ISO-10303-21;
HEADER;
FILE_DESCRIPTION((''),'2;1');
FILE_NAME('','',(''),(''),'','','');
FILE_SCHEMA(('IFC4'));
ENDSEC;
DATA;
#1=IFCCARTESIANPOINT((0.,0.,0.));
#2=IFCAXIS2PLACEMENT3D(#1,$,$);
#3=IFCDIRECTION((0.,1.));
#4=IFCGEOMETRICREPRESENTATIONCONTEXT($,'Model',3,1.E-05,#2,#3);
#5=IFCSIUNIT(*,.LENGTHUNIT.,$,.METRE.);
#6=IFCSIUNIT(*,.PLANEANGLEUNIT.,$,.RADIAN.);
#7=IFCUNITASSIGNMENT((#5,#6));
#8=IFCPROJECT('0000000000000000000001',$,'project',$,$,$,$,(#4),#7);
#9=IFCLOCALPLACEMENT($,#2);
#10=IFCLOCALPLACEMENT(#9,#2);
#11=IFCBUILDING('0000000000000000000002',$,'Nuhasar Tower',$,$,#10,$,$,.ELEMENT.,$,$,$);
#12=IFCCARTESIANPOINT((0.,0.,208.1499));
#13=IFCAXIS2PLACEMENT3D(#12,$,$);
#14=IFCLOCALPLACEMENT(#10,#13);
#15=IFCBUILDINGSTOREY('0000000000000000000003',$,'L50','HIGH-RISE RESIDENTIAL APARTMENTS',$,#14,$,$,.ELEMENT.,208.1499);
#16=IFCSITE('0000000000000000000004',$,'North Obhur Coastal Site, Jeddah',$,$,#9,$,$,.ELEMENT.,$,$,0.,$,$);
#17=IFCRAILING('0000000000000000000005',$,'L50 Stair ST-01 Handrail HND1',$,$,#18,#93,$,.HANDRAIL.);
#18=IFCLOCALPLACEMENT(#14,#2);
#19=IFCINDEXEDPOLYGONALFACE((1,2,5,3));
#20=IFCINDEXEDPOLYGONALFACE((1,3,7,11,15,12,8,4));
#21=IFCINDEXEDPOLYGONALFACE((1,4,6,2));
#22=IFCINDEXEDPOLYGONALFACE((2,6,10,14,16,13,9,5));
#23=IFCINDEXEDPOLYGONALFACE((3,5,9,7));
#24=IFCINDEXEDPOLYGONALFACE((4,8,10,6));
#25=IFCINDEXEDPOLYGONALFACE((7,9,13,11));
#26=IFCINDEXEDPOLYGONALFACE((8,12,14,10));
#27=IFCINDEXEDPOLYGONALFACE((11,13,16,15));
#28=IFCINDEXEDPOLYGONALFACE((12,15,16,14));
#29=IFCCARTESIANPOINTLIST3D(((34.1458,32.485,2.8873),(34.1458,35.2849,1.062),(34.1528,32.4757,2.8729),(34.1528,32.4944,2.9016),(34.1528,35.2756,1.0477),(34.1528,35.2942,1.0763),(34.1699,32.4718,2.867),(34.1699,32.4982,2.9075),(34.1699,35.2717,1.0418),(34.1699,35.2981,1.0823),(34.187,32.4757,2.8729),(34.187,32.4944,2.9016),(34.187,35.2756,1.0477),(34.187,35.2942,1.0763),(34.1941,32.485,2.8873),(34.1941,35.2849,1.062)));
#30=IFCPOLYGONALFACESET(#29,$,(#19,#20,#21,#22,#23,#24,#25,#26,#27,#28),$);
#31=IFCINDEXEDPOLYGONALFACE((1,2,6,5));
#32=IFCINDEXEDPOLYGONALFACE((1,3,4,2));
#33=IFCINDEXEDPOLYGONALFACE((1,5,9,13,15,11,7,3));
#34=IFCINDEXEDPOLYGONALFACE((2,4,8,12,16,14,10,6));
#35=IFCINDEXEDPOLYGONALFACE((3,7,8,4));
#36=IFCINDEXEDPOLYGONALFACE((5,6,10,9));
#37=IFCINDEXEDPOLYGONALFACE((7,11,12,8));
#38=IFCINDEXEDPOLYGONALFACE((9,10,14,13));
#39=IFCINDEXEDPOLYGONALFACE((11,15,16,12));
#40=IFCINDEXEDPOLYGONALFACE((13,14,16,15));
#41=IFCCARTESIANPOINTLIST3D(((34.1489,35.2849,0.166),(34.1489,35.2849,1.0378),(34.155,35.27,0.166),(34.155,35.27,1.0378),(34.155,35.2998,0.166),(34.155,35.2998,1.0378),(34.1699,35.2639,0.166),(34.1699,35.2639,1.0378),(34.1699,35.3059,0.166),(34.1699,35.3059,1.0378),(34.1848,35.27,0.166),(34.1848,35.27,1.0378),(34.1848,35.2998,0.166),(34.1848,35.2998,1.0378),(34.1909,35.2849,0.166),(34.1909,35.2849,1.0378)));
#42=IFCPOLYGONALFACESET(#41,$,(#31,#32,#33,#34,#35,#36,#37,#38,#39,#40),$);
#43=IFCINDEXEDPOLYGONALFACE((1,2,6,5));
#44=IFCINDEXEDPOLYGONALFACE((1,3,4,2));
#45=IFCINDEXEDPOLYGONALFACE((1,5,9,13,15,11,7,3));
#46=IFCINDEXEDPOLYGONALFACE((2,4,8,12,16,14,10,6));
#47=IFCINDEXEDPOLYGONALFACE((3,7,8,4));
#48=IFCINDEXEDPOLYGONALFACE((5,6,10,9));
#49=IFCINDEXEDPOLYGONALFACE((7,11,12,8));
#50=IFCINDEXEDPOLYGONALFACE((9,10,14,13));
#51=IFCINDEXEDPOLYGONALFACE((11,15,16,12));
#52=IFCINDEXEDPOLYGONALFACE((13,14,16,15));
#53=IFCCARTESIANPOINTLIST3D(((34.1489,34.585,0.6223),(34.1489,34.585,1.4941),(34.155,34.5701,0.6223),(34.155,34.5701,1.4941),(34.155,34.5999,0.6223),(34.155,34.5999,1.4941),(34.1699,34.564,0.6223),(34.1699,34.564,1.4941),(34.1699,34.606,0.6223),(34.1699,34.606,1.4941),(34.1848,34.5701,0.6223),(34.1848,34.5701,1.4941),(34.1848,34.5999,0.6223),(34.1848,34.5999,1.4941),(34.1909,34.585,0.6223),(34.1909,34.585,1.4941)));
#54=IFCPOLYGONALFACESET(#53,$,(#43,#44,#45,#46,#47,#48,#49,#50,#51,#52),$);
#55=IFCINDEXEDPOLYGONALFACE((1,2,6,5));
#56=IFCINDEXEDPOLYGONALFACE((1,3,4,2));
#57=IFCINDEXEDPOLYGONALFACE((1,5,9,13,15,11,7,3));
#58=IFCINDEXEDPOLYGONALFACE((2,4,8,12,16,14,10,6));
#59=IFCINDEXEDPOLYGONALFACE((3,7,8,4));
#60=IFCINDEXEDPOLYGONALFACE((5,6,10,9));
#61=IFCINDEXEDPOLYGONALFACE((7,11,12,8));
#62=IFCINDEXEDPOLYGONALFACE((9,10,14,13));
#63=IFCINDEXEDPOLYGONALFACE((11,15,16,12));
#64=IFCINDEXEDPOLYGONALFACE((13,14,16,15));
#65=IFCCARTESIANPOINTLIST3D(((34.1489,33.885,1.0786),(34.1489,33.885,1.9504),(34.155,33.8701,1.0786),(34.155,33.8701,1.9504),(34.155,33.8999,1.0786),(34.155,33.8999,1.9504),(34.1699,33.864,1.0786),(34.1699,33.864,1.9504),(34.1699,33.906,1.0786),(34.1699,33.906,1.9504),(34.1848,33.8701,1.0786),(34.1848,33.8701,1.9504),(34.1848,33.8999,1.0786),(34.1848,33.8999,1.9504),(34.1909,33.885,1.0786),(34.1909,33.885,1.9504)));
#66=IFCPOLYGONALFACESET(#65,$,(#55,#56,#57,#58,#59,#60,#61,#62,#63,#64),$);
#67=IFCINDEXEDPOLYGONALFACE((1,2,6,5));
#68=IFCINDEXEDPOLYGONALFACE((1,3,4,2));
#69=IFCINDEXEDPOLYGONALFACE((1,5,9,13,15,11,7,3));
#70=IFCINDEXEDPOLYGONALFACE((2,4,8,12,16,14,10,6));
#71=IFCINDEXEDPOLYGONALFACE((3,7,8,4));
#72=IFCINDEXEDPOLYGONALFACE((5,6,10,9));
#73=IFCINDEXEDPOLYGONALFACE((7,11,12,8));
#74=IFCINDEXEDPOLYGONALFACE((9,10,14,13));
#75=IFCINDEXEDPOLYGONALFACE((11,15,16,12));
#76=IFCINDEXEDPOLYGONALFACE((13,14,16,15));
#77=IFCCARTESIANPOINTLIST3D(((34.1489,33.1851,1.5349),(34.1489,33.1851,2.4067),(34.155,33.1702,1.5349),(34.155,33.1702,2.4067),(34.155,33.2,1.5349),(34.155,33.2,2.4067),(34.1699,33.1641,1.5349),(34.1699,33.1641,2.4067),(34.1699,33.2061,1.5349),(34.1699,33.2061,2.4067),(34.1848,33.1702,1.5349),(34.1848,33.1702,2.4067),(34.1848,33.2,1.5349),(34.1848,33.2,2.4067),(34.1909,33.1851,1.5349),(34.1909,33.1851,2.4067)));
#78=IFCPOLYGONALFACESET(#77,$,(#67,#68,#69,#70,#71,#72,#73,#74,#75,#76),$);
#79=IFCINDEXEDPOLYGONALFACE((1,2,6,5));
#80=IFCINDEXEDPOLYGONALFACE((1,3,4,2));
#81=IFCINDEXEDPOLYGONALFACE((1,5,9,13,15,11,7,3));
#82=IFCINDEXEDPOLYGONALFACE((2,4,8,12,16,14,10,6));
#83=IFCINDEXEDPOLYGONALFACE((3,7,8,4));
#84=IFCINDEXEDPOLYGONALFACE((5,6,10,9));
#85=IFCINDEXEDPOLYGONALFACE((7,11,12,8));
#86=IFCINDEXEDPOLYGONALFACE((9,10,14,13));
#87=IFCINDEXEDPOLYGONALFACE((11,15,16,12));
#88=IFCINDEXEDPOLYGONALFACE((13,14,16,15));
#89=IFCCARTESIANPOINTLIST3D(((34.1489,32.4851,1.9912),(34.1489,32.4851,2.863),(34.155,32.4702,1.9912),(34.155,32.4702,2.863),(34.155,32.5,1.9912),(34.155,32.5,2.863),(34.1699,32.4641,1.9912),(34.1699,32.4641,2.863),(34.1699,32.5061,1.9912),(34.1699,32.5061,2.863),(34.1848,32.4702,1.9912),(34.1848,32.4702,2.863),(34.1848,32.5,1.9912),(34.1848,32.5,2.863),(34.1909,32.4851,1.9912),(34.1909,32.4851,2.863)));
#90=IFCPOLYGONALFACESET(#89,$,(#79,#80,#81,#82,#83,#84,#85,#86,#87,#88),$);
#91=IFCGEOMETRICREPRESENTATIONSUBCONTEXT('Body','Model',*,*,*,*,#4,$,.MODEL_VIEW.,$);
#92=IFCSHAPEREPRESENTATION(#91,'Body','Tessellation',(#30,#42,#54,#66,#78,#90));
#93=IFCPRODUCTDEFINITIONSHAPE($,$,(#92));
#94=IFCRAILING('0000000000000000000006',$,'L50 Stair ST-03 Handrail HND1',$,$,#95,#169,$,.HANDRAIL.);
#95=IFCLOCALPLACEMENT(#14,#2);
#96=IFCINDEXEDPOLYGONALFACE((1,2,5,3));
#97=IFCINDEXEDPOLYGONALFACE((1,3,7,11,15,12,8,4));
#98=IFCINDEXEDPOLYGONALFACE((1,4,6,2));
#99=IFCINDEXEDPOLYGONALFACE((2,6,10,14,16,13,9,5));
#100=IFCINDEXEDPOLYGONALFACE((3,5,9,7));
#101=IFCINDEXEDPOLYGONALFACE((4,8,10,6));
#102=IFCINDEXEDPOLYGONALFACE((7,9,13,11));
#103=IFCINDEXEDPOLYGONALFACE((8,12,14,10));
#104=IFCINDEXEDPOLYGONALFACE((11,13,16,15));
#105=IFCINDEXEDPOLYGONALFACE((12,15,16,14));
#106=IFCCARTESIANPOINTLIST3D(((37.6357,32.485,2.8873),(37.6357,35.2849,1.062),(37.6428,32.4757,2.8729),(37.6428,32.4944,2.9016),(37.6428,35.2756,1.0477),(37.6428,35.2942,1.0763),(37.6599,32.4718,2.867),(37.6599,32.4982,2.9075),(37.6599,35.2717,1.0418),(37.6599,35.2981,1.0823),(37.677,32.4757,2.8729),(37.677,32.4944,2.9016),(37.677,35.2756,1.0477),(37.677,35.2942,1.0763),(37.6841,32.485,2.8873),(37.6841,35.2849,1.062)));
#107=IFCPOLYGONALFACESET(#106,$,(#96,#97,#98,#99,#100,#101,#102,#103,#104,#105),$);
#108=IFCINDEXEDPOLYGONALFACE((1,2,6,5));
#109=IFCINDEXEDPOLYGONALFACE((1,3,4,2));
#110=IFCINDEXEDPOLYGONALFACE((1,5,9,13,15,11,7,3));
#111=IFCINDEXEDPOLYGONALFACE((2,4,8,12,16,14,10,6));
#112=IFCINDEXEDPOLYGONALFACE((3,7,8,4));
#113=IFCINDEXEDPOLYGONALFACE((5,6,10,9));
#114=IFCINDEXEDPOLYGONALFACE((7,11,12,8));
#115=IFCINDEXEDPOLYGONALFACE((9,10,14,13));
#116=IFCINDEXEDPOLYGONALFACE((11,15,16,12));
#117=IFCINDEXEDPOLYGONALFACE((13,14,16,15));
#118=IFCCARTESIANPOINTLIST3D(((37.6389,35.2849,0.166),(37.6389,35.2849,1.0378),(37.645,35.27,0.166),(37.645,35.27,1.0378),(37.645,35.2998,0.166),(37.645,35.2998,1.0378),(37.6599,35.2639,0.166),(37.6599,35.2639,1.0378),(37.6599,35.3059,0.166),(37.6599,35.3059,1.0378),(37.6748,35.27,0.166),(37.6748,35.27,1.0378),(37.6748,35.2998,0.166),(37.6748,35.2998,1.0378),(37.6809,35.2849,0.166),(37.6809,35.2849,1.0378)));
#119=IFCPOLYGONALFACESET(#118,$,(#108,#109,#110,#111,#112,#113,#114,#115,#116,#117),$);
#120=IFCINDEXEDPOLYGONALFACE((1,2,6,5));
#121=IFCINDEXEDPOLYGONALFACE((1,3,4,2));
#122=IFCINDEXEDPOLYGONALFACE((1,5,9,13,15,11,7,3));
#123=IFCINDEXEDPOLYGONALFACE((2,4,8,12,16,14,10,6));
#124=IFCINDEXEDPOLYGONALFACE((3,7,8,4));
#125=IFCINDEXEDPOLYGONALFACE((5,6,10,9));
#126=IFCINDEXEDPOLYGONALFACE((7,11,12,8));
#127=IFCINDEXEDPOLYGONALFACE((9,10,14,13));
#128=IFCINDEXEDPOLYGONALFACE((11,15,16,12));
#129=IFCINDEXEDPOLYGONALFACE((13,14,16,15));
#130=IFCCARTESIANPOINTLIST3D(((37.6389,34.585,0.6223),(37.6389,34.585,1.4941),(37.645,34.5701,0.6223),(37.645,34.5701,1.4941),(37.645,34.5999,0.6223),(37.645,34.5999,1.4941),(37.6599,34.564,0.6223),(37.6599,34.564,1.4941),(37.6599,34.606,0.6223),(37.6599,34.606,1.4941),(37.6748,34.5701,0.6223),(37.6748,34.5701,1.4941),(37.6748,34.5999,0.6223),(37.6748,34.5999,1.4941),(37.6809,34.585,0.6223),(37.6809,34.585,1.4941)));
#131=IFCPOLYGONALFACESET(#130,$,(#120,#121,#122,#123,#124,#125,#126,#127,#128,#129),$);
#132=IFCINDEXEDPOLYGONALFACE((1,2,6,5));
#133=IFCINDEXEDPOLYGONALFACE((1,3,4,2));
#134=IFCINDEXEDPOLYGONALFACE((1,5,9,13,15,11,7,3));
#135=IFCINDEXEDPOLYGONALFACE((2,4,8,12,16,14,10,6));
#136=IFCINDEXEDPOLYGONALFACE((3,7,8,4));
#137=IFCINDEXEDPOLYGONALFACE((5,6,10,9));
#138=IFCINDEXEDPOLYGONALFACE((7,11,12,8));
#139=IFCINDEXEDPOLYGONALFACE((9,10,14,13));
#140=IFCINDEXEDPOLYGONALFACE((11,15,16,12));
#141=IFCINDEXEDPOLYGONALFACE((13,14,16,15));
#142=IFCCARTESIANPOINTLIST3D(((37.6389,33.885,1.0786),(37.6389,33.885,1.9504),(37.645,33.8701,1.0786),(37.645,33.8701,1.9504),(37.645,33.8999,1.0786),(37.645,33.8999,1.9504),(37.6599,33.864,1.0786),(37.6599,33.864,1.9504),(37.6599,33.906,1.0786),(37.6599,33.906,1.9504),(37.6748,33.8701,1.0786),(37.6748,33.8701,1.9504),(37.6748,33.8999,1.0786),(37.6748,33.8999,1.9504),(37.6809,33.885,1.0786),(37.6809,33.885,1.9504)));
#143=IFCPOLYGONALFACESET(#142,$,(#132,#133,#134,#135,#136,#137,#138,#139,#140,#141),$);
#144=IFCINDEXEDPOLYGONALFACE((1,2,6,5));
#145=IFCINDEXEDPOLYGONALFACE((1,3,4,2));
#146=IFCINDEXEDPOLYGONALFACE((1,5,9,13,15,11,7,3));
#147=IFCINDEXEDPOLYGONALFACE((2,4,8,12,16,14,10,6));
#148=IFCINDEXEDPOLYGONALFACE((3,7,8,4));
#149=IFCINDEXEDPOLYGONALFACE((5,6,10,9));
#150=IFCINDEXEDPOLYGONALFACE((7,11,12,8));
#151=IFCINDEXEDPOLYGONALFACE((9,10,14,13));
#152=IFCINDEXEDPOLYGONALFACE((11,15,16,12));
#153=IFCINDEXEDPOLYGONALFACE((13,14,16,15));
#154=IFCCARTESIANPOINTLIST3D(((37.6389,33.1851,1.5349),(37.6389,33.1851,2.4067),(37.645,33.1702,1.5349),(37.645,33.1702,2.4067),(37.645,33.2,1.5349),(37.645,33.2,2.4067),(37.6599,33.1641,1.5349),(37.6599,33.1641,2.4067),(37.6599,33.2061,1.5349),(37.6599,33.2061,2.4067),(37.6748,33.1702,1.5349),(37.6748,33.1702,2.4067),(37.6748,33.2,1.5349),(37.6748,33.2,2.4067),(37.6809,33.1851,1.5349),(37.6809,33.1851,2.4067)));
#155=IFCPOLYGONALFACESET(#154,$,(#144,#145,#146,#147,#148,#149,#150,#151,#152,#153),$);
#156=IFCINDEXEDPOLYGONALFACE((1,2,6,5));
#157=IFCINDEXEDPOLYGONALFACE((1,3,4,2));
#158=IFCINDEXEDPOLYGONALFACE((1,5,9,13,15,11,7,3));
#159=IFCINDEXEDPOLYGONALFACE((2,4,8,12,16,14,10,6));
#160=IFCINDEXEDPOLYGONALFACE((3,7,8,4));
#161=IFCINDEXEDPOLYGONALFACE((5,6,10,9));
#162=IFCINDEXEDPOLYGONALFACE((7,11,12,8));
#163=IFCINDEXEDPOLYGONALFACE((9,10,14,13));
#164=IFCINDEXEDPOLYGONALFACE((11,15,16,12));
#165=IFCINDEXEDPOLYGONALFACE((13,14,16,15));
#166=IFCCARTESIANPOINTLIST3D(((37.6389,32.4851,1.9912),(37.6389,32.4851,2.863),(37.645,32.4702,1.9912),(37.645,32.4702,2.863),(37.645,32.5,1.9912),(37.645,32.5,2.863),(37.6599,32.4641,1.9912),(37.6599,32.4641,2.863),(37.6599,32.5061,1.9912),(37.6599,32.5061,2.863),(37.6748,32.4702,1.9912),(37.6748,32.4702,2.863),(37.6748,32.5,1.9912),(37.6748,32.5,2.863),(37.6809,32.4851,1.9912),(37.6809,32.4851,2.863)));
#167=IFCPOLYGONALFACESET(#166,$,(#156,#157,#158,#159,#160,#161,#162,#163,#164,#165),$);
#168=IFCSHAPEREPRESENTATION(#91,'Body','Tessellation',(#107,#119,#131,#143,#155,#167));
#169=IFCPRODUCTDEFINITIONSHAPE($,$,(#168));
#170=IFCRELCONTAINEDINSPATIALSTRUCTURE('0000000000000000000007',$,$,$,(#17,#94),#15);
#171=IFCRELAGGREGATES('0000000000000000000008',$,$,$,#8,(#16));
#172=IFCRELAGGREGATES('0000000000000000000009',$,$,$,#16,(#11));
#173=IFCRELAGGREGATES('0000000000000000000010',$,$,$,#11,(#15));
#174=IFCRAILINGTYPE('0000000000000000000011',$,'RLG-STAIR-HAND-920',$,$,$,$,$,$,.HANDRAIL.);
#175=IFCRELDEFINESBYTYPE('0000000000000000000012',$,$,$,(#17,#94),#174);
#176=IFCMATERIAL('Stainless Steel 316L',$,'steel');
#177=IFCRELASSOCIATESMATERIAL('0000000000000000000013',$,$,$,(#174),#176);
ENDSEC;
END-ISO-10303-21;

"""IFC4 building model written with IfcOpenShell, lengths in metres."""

from ifc_helpers import new_model, si_unit, direction, frame, origin, place, context, subcontext, project, spatial, polyline, outline, extrude, material, type_object, element, save


model = new_model("IFC4")

# Units and contexts
model_context = context("Model", 3, precision=1e-05, world=origin(), true_north=direction((0.0, 1.0)))
body_context = subcontext(model_context, "Body", "Model", "MODEL_VIEW")
ifc_project = project(units=[si_unit("LENGTHUNIT", "METRE"), si_unit("PLANEANGLEUNIT", "RADIAN")], contexts=[model_context])

# Site, building, storey
site_placement = place(None, origin())
site = spatial("IfcSite", under=ifc_project, at=site_placement, Name="North Obhur Coastal Site, Jeddah", CompositionType="ELEMENT", RefElevation=0.0)
building_placement = place(site_placement, origin())
building = spatial("IfcBuilding", under=site, at=building_placement, Name="Nuhasar Tower", CompositionType="ELEMENT")
storey_placement = place(building_placement, frame((0.0, 0.0, 208.1499)))
storey = spatial("IfcBuildingStorey", under=building, at=storey_placement, Name="L50", Description="HIGH-RISE RESIDENTIAL APARTMENTS", CompositionType="ELEMENT", Elevation=208.1499)

# Railings
ifc_material_1 = material(Name="Stainless Steel 316L", Category="steel")
railing_type_1 = type_object("IfcRailingType", Name="RLG-STAIR-HAND-920", PredefinedType="HANDRAIL", material=ifc_material_1)
railing_1_placement = place(storey_placement, frame((34.1699, 35.2849, 0.166)))
element("IfcRailing", 1, at=railing_1_placement, inside=storey, type_object=railing_type_1, Name="L50 Stair ST-01 Handrail HND1", PredefinedType="HANDRAIL", context=body_context, shape_type="SweptSolid", body=[
    extrude(outline(polyline([(0.0242, 0.0), (0.0171, 0.0171), (0.0, 0.0242), (-0.0171, 0.0171), (-0.0242, 0.0), (-0.0171, -0.0171), (0.0, -0.0242), (0.0171, -0.0171), (0.0242, 0.0)])), frame((0.0, 0.0, 0.896), z_axis=(0.0, -0.837715, 0.546107), x_axis=(1.0, 0.0, 0.0)), (0.0, 0.0, 1.0), 3.3423),
    extrude(outline(polyline([(0.021, 0.0), (0.0149, 0.0149), (0.0, 0.021), (-0.0149, 0.0149), (-0.021, 0.0), (-0.0149, -0.0149), (0.0, -0.021), (0.0149, -0.0149), (0.021, 0.0)])), origin(), (0.0, 0.0, 1.0), 0.8718),
    extrude(outline(polyline([(0.021, 0.0), (0.0149, 0.0149), (0.0, 0.021), (-0.0149, 0.0149), (-0.021, 0.0), (-0.0149, -0.0149), (0.0, -0.021), (0.0149, -0.0149), (0.021, 0.0)])), frame((0.0, -0.7, 0.4563)), (0.0, 0.0, 1.0), 0.8718),
    extrude(outline(polyline([(0.021, 0.0), (0.0149, 0.0149), (0.0, 0.021), (-0.0149, 0.0149), (-0.021, 0.0), (-0.0149, -0.0149), (0.0, -0.021), (0.0149, -0.0149), (0.021, 0.0)])), frame((0.0, -1.3999, 0.9126)), (0.0, 0.0, 1.0), 0.8718),
    extrude(outline(polyline([(0.021, 0.0), (0.0149, 0.0149), (0.0, 0.021), (-0.0149, 0.0149), (-0.021, 0.0), (-0.0149, -0.0149), (0.0, -0.021), (0.0149, -0.0149), (0.021, 0.0)])), frame((0.0, -2.0999, 1.3689)), (0.0, 0.0, 1.0), 0.8718),
    extrude(outline(polyline([(0.021, 0.0), (0.0149, 0.0149), (0.0, 0.021), (-0.0149, 0.0149), (-0.021, 0.0), (-0.0149, -0.0149), (0.0, -0.021), (0.0149, -0.0149), (0.021, 0.0)])), frame((0.0, -2.7998, 1.8252)), (0.0, 0.0, 1.0), 0.8718),
])
railing_2_placement = place(storey_placement, frame((37.6599, 35.2849, 0.166)))
element("IfcRailing", 2, at=railing_2_placement, inside=storey, type_object=railing_type_1, Name="L50 Stair ST-03 Handrail HND1", PredefinedType="HANDRAIL", context=body_context, shape_type="SweptSolid", body=[
    extrude(outline(polyline([(0.0242, 0.0), (0.0171, 0.0171), (0.0, 0.0242), (-0.0171, 0.0171), (-0.0242, 0.0), (-0.0171, -0.0171), (0.0, -0.0242), (0.0171, -0.0171), (0.0242, 0.0)])), frame((0.0, 0.0, 0.896), z_axis=(0.0, -0.837715, 0.546107), x_axis=(1.0, 0.0, 0.0)), (0.0, 0.0, 1.0), 3.3423),
    extrude(outline(polyline([(0.021, 0.0), (0.0149, 0.0149), (0.0, 0.021), (-0.0149, 0.0149), (-0.021, 0.0), (-0.0149, -0.0149), (0.0, -0.021), (0.0149, -0.0149), (0.021, 0.0)])), origin(), (0.0, 0.0, 1.0), 0.8718),
    extrude(outline(polyline([(0.021, 0.0), (0.0149, 0.0149), (0.0, 0.021), (-0.0149, 0.0149), (-0.021, 0.0), (-0.0149, -0.0149), (0.0, -0.021), (0.0149, -0.0149), (0.021, 0.0)])), frame((0.0, -0.7, 0.4563)), (0.0, 0.0, 1.0), 0.8718),
    extrude(outline(polyline([(0.021, 0.0), (0.0149, 0.0149), (0.0, 0.021), (-0.0149, 0.0149), (-0.021, 0.0), (-0.0149, -0.0149), (0.0, -0.021), (0.0149, -0.0149), (0.021, 0.0)])), frame((0.0, -1.3999, 0.9126)), (0.0, 0.0, 1.0), 0.8718),
    extrude(outline(polyline([(0.021, 0.0), (0.0149, 0.0149), (0.0, 0.021), (-0.0149, 0.0149), (-0.021, 0.0), (-0.0149, -0.0149), (0.0, -0.021), (0.0149, -0.0149), (0.021, 0.0)])), frame((0.0, -2.0999, 1.3689)), (0.0, 0.0, 1.0), 0.8718),
    extrude(outline(polyline([(0.021, 0.0), (0.0149, 0.0149), (0.0, 0.021), (-0.0149, 0.0149), (-0.021, 0.0), (-0.0149, -0.0149), (0.0, -0.021), (0.0149, -0.0149), (0.021, 0.0)])), frame((0.0, -2.7998, 1.8252)), (0.0, 0.0, 1.0), 0.8718),
])

save(model, "model.ifc")
